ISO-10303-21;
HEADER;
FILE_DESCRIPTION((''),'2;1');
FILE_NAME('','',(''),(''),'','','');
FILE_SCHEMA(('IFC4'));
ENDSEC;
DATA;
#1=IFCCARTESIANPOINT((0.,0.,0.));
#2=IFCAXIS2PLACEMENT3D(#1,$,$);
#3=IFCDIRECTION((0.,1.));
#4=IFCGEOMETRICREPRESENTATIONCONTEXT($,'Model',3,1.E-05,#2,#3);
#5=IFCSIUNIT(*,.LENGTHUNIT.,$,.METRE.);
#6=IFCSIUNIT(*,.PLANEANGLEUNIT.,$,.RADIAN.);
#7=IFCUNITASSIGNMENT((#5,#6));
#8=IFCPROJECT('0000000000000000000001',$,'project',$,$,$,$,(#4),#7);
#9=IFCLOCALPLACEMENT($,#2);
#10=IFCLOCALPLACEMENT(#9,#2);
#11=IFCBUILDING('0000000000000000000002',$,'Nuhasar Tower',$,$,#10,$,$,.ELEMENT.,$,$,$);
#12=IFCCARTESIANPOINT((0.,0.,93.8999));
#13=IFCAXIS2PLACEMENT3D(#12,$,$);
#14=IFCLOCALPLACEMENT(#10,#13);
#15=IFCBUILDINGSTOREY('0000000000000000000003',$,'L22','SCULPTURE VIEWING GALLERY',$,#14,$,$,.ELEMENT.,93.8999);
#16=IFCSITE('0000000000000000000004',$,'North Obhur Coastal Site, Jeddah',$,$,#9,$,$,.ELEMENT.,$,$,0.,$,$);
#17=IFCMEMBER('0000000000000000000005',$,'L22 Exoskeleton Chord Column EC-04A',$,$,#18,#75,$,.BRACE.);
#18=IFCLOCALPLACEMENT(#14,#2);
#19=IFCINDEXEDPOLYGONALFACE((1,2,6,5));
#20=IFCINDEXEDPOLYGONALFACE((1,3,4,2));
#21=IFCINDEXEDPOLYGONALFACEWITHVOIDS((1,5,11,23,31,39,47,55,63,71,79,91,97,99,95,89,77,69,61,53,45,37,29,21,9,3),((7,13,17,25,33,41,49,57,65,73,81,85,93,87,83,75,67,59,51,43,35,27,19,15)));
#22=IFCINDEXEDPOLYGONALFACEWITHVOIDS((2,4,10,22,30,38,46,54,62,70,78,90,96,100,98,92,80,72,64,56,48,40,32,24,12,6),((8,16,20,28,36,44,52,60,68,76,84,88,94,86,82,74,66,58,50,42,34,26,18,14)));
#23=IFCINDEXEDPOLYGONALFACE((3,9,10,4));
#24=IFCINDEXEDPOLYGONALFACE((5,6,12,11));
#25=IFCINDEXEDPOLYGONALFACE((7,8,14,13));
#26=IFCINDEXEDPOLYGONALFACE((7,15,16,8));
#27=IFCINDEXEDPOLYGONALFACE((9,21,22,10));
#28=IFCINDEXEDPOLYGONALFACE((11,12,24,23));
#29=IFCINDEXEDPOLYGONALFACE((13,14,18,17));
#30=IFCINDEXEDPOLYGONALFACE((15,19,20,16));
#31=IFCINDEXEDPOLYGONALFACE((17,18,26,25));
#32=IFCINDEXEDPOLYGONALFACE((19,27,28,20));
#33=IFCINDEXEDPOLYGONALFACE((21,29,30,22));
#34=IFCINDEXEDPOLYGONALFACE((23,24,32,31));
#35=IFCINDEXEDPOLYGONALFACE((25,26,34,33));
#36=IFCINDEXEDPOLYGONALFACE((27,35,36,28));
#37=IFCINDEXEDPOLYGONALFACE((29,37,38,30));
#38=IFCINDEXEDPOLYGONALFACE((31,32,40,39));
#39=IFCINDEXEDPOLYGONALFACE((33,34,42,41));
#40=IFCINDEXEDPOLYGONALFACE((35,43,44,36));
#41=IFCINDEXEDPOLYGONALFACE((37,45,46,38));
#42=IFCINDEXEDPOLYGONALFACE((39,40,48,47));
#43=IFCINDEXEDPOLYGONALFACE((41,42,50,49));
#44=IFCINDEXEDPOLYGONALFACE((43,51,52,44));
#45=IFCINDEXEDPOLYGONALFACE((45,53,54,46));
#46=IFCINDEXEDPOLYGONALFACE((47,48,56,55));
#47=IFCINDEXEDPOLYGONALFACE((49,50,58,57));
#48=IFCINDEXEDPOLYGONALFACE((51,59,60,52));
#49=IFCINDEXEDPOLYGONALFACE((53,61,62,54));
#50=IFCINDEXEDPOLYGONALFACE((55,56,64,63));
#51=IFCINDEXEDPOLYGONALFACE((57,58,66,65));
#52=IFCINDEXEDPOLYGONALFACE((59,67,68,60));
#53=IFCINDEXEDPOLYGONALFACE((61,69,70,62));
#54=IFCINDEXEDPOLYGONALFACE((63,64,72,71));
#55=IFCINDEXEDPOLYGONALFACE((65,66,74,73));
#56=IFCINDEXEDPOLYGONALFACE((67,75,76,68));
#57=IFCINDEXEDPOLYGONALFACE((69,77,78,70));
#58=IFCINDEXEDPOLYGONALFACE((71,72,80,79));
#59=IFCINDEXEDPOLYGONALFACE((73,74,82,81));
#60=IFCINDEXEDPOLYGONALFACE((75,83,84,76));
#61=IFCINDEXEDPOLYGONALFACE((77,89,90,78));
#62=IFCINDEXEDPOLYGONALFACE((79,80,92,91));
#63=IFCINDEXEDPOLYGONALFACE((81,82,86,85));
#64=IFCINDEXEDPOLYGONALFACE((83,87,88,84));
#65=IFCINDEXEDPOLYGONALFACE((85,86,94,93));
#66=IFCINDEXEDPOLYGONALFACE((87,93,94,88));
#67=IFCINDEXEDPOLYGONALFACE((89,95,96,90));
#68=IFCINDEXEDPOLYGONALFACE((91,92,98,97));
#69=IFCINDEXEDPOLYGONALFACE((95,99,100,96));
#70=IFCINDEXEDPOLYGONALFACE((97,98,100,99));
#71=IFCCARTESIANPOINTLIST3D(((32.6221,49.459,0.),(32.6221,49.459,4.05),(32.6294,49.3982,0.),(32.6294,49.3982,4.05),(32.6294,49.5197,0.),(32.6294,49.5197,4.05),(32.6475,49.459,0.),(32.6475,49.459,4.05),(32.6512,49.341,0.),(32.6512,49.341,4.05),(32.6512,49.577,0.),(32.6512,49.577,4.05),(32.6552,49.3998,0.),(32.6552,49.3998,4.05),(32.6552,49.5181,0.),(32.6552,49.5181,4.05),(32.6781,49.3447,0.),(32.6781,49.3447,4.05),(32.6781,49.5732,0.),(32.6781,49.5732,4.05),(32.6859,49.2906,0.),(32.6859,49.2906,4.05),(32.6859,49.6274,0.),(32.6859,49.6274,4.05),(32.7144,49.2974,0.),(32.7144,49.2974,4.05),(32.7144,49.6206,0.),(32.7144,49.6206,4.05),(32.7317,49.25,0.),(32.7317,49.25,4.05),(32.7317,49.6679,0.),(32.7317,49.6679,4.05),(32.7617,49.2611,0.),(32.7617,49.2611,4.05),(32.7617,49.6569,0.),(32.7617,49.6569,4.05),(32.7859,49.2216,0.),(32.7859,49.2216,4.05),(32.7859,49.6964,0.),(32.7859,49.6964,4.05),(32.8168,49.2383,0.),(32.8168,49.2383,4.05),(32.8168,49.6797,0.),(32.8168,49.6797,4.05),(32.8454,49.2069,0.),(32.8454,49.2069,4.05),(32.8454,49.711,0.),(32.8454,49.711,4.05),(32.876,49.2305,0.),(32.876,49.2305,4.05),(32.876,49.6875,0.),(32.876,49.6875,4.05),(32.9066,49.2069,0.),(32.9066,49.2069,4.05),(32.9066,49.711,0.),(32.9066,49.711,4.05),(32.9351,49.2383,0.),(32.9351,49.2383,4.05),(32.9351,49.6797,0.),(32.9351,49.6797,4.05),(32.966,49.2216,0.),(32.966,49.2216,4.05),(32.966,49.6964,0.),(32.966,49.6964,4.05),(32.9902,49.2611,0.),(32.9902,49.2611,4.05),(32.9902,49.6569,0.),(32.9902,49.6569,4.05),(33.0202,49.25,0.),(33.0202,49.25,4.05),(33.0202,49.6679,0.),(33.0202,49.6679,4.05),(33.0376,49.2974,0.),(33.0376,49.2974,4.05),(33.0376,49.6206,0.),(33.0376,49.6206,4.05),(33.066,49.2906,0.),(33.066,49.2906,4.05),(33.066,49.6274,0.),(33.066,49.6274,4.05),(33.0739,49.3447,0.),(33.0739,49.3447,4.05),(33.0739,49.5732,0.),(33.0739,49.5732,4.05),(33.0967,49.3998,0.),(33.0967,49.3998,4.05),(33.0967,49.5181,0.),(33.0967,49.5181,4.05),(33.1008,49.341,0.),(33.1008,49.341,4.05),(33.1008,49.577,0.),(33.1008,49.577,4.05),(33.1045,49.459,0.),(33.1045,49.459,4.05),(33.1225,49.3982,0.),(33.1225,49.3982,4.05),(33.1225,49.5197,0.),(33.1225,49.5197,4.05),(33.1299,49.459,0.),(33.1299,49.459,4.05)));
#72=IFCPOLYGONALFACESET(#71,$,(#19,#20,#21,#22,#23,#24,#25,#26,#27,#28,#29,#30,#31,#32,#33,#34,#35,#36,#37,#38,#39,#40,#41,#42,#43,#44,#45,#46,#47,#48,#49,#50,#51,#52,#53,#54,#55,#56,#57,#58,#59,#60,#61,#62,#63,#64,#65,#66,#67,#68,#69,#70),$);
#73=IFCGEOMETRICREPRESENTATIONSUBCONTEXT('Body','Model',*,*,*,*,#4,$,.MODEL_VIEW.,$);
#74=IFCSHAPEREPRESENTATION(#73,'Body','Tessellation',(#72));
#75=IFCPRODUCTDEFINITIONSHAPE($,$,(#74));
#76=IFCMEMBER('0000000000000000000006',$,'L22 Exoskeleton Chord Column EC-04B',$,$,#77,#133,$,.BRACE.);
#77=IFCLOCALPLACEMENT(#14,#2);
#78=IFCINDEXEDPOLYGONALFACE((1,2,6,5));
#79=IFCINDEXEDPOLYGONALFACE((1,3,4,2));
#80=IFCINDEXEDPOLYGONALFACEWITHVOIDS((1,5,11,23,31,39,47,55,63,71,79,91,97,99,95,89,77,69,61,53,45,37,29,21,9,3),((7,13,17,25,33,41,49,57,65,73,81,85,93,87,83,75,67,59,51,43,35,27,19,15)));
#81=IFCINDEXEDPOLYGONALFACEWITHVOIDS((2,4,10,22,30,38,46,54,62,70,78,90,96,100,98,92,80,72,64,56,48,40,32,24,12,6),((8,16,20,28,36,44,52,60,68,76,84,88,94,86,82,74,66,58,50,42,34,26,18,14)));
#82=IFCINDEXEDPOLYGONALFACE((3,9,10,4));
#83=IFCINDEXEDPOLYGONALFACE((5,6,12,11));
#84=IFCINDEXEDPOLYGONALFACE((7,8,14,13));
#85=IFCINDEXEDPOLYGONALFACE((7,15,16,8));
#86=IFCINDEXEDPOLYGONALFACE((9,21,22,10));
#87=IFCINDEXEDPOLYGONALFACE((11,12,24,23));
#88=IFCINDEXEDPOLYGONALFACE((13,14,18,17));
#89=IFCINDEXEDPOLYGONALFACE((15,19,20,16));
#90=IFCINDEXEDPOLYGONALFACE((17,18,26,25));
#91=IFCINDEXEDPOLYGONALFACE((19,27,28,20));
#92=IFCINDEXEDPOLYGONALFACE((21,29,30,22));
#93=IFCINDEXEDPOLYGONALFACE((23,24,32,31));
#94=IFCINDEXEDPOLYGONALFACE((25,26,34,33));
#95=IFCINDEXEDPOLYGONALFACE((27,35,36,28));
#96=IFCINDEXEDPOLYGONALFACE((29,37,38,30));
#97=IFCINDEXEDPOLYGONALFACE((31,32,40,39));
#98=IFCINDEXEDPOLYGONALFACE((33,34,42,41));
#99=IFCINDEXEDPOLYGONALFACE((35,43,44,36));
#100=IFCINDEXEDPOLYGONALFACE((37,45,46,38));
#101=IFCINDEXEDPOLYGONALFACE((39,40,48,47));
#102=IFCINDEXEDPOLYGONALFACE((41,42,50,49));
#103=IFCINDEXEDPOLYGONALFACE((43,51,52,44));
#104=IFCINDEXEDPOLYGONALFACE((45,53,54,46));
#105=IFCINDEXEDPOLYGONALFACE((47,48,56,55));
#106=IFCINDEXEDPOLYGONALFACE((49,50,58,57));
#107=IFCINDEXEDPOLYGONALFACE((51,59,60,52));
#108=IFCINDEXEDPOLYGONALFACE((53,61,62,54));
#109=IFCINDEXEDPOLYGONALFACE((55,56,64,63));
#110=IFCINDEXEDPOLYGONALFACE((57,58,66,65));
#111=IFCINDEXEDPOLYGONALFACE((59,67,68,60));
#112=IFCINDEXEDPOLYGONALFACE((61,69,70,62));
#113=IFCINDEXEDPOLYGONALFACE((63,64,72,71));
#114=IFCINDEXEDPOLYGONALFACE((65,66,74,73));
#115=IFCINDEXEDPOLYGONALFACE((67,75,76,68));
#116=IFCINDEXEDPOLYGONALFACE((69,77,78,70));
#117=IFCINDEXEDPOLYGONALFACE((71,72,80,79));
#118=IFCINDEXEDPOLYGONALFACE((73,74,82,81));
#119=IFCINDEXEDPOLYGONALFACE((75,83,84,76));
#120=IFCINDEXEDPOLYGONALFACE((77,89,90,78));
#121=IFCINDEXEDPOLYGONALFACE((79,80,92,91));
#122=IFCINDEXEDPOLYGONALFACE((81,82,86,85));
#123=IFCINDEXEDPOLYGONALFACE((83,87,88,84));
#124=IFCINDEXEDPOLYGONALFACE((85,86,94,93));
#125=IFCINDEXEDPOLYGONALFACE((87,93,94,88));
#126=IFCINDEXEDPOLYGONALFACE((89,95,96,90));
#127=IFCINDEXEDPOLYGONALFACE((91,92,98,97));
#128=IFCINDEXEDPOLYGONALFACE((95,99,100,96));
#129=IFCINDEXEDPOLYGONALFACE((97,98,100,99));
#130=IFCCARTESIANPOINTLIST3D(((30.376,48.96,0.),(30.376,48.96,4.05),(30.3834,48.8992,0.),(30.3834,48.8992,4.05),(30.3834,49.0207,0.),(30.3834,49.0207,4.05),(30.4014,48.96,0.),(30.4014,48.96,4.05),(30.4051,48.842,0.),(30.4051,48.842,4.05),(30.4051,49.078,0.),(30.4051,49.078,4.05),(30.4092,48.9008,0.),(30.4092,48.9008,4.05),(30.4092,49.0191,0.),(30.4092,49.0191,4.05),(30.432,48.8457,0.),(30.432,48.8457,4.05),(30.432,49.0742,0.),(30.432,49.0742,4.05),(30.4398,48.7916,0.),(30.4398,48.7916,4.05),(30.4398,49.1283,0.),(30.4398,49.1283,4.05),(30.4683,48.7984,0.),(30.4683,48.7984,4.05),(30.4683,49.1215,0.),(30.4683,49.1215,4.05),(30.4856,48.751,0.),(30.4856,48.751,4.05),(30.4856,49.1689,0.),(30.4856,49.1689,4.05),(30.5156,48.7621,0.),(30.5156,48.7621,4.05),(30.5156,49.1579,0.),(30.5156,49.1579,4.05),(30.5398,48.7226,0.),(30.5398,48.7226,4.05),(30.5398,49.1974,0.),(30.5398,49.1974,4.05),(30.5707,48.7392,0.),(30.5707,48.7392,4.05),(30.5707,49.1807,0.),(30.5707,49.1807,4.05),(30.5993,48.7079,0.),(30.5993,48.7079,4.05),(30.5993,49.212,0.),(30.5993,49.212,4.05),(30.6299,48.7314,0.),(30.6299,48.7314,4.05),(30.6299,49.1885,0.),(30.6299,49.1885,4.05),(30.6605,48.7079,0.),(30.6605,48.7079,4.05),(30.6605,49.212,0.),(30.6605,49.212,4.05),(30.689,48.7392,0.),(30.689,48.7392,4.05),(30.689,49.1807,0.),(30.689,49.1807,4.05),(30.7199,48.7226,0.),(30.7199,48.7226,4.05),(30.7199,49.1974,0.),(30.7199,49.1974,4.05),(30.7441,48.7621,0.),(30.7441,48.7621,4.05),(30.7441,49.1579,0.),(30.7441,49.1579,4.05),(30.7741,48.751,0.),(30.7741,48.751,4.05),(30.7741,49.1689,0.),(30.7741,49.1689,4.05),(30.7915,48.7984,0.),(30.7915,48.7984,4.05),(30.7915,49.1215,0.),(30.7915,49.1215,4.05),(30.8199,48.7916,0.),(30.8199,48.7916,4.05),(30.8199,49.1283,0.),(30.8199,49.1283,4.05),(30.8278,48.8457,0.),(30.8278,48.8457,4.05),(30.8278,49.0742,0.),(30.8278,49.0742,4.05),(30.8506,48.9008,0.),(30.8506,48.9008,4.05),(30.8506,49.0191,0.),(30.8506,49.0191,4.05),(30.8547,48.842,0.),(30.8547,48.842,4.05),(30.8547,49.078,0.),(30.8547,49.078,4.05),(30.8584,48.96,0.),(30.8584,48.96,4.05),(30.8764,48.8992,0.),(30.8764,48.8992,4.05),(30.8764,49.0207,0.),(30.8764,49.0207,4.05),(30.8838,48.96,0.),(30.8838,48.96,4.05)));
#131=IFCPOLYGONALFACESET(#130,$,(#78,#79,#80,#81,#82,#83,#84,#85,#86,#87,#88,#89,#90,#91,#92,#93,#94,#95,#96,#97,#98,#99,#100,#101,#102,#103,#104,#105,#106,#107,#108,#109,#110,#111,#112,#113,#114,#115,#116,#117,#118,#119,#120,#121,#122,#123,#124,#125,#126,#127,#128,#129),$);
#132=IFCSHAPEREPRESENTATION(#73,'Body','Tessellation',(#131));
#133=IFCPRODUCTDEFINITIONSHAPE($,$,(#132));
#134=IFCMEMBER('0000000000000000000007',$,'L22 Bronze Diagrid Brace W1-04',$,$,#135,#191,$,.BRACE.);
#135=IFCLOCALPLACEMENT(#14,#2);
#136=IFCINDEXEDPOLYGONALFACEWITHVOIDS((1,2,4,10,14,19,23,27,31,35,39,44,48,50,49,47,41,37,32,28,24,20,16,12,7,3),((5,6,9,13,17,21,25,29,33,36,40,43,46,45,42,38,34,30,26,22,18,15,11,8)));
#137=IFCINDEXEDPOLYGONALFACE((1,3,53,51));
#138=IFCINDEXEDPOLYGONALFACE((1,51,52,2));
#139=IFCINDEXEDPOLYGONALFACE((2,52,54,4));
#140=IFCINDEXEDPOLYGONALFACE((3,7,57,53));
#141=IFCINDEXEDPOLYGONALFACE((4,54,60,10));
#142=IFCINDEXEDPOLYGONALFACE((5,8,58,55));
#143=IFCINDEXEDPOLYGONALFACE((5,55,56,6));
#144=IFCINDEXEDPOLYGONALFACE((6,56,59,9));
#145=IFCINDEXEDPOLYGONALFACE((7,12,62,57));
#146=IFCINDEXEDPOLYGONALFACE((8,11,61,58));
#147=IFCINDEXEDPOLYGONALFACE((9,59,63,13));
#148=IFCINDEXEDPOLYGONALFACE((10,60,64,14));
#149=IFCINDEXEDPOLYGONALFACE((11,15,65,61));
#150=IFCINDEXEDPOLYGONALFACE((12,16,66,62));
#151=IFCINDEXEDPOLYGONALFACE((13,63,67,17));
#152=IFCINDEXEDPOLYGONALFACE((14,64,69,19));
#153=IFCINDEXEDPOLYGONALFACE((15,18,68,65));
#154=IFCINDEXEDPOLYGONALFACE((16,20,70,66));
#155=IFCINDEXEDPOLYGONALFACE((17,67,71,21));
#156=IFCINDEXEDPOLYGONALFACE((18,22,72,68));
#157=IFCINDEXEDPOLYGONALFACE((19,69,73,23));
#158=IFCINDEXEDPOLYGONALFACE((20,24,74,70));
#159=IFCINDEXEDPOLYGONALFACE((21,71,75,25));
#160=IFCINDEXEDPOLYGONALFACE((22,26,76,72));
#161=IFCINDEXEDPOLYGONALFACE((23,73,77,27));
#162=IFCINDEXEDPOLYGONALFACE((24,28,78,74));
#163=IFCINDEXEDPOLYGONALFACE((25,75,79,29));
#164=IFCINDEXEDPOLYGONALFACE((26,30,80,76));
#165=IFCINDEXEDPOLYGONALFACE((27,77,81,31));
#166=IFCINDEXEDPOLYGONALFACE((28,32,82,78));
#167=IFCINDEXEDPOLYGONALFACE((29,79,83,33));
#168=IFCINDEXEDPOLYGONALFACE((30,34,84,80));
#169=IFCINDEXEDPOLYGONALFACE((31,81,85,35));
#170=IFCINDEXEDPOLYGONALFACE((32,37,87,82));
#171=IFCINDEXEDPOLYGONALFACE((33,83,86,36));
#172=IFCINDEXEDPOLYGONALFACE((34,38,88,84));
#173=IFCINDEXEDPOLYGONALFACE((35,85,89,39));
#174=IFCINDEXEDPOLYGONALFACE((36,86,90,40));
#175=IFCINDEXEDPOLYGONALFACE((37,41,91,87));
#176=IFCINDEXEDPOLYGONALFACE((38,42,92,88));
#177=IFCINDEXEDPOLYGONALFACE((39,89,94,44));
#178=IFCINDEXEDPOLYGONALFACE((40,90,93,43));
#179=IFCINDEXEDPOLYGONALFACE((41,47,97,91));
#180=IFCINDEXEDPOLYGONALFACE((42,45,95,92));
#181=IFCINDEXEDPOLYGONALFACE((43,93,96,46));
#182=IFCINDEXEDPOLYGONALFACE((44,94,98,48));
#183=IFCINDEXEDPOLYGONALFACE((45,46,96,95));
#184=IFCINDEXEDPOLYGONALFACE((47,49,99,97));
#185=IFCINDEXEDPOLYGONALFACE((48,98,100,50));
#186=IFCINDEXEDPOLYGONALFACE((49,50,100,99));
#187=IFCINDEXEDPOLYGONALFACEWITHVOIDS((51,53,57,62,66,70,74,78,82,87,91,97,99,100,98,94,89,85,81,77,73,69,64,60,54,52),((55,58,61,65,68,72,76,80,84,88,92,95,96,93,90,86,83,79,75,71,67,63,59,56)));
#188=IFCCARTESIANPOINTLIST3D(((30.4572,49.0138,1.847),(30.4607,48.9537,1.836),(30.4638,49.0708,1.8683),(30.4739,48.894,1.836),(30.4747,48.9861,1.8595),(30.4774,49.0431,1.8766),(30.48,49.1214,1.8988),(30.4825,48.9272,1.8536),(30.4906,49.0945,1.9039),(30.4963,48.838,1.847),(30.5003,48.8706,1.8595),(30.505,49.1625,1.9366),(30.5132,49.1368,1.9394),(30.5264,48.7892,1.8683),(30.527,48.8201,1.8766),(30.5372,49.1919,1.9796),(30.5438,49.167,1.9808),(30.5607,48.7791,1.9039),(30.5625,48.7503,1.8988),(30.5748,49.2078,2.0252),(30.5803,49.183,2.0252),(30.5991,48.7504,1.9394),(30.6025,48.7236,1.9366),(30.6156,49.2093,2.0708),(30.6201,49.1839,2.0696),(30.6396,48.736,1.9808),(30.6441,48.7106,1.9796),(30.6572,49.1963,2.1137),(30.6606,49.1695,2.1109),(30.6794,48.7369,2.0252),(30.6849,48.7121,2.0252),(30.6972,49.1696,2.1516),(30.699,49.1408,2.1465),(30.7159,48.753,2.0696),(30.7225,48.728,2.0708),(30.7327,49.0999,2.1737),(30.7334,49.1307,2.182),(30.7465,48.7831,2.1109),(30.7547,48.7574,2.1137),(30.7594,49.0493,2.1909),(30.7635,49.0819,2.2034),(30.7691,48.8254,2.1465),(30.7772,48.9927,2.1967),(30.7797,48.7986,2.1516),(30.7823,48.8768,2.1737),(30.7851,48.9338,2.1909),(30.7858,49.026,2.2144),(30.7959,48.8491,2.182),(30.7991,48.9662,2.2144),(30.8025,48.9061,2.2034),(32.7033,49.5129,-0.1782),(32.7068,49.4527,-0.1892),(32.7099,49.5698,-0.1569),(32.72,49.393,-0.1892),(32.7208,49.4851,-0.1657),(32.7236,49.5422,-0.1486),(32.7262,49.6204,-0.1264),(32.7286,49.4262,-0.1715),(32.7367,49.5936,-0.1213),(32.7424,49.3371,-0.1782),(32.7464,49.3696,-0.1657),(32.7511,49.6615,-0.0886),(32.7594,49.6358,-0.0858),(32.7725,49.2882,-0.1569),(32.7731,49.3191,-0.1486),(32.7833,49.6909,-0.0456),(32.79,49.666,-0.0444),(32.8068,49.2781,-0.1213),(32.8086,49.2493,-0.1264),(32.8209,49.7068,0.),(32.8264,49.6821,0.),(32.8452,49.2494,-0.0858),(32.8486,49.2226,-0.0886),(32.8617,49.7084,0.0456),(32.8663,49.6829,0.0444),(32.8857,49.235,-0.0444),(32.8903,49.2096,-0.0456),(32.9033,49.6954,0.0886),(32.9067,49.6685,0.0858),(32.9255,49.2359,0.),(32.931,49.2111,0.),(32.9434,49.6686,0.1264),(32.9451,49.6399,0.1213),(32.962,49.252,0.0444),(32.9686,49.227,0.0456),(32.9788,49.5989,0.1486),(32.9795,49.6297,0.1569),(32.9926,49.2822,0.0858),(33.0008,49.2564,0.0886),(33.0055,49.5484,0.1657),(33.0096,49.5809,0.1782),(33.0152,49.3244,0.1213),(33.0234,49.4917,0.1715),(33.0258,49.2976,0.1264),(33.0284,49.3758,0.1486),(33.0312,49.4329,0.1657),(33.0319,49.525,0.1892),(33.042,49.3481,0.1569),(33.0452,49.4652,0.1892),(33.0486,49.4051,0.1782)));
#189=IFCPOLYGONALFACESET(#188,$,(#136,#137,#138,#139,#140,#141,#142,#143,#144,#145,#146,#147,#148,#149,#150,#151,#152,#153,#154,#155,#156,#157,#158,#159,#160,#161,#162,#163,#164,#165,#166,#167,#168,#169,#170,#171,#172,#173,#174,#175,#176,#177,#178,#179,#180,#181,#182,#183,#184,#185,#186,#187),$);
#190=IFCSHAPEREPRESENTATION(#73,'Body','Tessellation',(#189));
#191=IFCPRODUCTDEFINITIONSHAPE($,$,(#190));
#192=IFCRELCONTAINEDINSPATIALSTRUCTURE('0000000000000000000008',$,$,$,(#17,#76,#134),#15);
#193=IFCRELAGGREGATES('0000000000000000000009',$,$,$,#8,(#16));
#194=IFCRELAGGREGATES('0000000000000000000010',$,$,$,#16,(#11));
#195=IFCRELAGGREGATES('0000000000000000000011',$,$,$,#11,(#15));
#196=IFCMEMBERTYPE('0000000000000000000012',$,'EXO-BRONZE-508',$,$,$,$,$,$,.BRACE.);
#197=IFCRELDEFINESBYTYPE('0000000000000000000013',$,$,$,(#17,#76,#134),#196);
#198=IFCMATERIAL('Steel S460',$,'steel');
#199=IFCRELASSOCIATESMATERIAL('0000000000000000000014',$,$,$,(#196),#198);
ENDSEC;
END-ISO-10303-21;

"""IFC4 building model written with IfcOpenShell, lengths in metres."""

from ifc_helpers import new_model, si_unit, direction, frame, origin, origin_2d, place, context, subcontext, project, spatial, hollow_circle, extrude, material, material_profile, profile_set, type_object, element, save


model = new_model("IFC4")

# Units and contexts
model_context = context("Model", 3, precision=1e-05, world=origin(), true_north=direction((0.0, 1.0)))
body_context = subcontext(model_context, "Body", "Model", "MODEL_VIEW")
ifc_project = project(units=[si_unit("LENGTHUNIT", "METRE"), si_unit("PLANEANGLEUNIT", "RADIAN")], contexts=[model_context])

# Site, building, storey
site_placement = place(None, origin())
site = spatial("IfcSite", under=ifc_project, at=site_placement, Name="North Obhur Coastal Site, Jeddah", CompositionType="ELEMENT", RefElevation=0.0)
building_placement = place(site_placement, origin())
building = spatial("IfcBuilding", under=site, at=building_placement, Name="Nuhasar Tower", CompositionType="ELEMENT")
storey_placement = place(building_placement, frame((0.0, 0.0, 93.8999)))
storey = spatial("IfcBuildingStorey", under=building, at=storey_placement, Name="L22", Description="SCULPTURE VIEWING GALLERY", CompositionType="ELEMENT", Elevation=93.8999)

# Members
ifc_material_1 = material(Name="Steel S460", Category="steel")
ifc_material_profile_1 = material_profile(ifc_material_1, hollow_circle(Radius=0.2539, WallThickness=0.0254, at=origin_2d()), Name="HSS508X25.4")
ifc_profile_set_1 = profile_set([ifc_material_profile_1], Name="Steel S460")
member_type_1 = type_object("IfcMemberType", Name="EXO-BRONZE-508", PredefinedType="BRACE", material=ifc_profile_set_1)
for number, where, z_axis, x_axis, name in (
    (1, (32.876, 49.459, 0.0), (0.0, 0.0, 1.0), (1.0, 0.0, 0.0), "L22 Exoskeleton Chord Column EC-04A"),
    (2, (30.6299, 48.96, 0.0), (0.0, 0.0, 1.0), (1.0, 0.0, 0.0), "L22 Exoskeleton Chord Column EC-04B"),
):
    element("IfcMember", number, at=place(storey_placement, frame(where, z_axis=z_axis, x_axis=x_axis)), inside=storey, type_object=member_type_1, Name=name, PredefinedType="BRACE", context=body_context, shape_type="SweptSolid", body=[
        extrude(hollow_circle(Radius=0.2539, WallThickness=0.0254, at=origin_2d()), origin(), (0.0, 0.0, 1.0), 4.05),
    ])
member_1_placement = place(storey_placement, frame((32.876, 49.459, 0.0), z_axis=(-0.732783, -0.162805, 0.660699), x_axis=(0.216886, -0.976197, 0.0)))
element("IfcMember", 3, at=member_1_placement, inside=storey, type_object=member_type_1, Name="L22 Bronze Diagrid Brace W1-04", PredefinedType="BRACE", context=body_context, shape_type="SweptSolid", body=[
    extrude(hollow_circle(Radius=0.2539, WallThickness=0.0254, at=origin_2d()), origin(), (0.0, 0.0, 1.0), 3.0652),
])

save(model, "model.ifc")
